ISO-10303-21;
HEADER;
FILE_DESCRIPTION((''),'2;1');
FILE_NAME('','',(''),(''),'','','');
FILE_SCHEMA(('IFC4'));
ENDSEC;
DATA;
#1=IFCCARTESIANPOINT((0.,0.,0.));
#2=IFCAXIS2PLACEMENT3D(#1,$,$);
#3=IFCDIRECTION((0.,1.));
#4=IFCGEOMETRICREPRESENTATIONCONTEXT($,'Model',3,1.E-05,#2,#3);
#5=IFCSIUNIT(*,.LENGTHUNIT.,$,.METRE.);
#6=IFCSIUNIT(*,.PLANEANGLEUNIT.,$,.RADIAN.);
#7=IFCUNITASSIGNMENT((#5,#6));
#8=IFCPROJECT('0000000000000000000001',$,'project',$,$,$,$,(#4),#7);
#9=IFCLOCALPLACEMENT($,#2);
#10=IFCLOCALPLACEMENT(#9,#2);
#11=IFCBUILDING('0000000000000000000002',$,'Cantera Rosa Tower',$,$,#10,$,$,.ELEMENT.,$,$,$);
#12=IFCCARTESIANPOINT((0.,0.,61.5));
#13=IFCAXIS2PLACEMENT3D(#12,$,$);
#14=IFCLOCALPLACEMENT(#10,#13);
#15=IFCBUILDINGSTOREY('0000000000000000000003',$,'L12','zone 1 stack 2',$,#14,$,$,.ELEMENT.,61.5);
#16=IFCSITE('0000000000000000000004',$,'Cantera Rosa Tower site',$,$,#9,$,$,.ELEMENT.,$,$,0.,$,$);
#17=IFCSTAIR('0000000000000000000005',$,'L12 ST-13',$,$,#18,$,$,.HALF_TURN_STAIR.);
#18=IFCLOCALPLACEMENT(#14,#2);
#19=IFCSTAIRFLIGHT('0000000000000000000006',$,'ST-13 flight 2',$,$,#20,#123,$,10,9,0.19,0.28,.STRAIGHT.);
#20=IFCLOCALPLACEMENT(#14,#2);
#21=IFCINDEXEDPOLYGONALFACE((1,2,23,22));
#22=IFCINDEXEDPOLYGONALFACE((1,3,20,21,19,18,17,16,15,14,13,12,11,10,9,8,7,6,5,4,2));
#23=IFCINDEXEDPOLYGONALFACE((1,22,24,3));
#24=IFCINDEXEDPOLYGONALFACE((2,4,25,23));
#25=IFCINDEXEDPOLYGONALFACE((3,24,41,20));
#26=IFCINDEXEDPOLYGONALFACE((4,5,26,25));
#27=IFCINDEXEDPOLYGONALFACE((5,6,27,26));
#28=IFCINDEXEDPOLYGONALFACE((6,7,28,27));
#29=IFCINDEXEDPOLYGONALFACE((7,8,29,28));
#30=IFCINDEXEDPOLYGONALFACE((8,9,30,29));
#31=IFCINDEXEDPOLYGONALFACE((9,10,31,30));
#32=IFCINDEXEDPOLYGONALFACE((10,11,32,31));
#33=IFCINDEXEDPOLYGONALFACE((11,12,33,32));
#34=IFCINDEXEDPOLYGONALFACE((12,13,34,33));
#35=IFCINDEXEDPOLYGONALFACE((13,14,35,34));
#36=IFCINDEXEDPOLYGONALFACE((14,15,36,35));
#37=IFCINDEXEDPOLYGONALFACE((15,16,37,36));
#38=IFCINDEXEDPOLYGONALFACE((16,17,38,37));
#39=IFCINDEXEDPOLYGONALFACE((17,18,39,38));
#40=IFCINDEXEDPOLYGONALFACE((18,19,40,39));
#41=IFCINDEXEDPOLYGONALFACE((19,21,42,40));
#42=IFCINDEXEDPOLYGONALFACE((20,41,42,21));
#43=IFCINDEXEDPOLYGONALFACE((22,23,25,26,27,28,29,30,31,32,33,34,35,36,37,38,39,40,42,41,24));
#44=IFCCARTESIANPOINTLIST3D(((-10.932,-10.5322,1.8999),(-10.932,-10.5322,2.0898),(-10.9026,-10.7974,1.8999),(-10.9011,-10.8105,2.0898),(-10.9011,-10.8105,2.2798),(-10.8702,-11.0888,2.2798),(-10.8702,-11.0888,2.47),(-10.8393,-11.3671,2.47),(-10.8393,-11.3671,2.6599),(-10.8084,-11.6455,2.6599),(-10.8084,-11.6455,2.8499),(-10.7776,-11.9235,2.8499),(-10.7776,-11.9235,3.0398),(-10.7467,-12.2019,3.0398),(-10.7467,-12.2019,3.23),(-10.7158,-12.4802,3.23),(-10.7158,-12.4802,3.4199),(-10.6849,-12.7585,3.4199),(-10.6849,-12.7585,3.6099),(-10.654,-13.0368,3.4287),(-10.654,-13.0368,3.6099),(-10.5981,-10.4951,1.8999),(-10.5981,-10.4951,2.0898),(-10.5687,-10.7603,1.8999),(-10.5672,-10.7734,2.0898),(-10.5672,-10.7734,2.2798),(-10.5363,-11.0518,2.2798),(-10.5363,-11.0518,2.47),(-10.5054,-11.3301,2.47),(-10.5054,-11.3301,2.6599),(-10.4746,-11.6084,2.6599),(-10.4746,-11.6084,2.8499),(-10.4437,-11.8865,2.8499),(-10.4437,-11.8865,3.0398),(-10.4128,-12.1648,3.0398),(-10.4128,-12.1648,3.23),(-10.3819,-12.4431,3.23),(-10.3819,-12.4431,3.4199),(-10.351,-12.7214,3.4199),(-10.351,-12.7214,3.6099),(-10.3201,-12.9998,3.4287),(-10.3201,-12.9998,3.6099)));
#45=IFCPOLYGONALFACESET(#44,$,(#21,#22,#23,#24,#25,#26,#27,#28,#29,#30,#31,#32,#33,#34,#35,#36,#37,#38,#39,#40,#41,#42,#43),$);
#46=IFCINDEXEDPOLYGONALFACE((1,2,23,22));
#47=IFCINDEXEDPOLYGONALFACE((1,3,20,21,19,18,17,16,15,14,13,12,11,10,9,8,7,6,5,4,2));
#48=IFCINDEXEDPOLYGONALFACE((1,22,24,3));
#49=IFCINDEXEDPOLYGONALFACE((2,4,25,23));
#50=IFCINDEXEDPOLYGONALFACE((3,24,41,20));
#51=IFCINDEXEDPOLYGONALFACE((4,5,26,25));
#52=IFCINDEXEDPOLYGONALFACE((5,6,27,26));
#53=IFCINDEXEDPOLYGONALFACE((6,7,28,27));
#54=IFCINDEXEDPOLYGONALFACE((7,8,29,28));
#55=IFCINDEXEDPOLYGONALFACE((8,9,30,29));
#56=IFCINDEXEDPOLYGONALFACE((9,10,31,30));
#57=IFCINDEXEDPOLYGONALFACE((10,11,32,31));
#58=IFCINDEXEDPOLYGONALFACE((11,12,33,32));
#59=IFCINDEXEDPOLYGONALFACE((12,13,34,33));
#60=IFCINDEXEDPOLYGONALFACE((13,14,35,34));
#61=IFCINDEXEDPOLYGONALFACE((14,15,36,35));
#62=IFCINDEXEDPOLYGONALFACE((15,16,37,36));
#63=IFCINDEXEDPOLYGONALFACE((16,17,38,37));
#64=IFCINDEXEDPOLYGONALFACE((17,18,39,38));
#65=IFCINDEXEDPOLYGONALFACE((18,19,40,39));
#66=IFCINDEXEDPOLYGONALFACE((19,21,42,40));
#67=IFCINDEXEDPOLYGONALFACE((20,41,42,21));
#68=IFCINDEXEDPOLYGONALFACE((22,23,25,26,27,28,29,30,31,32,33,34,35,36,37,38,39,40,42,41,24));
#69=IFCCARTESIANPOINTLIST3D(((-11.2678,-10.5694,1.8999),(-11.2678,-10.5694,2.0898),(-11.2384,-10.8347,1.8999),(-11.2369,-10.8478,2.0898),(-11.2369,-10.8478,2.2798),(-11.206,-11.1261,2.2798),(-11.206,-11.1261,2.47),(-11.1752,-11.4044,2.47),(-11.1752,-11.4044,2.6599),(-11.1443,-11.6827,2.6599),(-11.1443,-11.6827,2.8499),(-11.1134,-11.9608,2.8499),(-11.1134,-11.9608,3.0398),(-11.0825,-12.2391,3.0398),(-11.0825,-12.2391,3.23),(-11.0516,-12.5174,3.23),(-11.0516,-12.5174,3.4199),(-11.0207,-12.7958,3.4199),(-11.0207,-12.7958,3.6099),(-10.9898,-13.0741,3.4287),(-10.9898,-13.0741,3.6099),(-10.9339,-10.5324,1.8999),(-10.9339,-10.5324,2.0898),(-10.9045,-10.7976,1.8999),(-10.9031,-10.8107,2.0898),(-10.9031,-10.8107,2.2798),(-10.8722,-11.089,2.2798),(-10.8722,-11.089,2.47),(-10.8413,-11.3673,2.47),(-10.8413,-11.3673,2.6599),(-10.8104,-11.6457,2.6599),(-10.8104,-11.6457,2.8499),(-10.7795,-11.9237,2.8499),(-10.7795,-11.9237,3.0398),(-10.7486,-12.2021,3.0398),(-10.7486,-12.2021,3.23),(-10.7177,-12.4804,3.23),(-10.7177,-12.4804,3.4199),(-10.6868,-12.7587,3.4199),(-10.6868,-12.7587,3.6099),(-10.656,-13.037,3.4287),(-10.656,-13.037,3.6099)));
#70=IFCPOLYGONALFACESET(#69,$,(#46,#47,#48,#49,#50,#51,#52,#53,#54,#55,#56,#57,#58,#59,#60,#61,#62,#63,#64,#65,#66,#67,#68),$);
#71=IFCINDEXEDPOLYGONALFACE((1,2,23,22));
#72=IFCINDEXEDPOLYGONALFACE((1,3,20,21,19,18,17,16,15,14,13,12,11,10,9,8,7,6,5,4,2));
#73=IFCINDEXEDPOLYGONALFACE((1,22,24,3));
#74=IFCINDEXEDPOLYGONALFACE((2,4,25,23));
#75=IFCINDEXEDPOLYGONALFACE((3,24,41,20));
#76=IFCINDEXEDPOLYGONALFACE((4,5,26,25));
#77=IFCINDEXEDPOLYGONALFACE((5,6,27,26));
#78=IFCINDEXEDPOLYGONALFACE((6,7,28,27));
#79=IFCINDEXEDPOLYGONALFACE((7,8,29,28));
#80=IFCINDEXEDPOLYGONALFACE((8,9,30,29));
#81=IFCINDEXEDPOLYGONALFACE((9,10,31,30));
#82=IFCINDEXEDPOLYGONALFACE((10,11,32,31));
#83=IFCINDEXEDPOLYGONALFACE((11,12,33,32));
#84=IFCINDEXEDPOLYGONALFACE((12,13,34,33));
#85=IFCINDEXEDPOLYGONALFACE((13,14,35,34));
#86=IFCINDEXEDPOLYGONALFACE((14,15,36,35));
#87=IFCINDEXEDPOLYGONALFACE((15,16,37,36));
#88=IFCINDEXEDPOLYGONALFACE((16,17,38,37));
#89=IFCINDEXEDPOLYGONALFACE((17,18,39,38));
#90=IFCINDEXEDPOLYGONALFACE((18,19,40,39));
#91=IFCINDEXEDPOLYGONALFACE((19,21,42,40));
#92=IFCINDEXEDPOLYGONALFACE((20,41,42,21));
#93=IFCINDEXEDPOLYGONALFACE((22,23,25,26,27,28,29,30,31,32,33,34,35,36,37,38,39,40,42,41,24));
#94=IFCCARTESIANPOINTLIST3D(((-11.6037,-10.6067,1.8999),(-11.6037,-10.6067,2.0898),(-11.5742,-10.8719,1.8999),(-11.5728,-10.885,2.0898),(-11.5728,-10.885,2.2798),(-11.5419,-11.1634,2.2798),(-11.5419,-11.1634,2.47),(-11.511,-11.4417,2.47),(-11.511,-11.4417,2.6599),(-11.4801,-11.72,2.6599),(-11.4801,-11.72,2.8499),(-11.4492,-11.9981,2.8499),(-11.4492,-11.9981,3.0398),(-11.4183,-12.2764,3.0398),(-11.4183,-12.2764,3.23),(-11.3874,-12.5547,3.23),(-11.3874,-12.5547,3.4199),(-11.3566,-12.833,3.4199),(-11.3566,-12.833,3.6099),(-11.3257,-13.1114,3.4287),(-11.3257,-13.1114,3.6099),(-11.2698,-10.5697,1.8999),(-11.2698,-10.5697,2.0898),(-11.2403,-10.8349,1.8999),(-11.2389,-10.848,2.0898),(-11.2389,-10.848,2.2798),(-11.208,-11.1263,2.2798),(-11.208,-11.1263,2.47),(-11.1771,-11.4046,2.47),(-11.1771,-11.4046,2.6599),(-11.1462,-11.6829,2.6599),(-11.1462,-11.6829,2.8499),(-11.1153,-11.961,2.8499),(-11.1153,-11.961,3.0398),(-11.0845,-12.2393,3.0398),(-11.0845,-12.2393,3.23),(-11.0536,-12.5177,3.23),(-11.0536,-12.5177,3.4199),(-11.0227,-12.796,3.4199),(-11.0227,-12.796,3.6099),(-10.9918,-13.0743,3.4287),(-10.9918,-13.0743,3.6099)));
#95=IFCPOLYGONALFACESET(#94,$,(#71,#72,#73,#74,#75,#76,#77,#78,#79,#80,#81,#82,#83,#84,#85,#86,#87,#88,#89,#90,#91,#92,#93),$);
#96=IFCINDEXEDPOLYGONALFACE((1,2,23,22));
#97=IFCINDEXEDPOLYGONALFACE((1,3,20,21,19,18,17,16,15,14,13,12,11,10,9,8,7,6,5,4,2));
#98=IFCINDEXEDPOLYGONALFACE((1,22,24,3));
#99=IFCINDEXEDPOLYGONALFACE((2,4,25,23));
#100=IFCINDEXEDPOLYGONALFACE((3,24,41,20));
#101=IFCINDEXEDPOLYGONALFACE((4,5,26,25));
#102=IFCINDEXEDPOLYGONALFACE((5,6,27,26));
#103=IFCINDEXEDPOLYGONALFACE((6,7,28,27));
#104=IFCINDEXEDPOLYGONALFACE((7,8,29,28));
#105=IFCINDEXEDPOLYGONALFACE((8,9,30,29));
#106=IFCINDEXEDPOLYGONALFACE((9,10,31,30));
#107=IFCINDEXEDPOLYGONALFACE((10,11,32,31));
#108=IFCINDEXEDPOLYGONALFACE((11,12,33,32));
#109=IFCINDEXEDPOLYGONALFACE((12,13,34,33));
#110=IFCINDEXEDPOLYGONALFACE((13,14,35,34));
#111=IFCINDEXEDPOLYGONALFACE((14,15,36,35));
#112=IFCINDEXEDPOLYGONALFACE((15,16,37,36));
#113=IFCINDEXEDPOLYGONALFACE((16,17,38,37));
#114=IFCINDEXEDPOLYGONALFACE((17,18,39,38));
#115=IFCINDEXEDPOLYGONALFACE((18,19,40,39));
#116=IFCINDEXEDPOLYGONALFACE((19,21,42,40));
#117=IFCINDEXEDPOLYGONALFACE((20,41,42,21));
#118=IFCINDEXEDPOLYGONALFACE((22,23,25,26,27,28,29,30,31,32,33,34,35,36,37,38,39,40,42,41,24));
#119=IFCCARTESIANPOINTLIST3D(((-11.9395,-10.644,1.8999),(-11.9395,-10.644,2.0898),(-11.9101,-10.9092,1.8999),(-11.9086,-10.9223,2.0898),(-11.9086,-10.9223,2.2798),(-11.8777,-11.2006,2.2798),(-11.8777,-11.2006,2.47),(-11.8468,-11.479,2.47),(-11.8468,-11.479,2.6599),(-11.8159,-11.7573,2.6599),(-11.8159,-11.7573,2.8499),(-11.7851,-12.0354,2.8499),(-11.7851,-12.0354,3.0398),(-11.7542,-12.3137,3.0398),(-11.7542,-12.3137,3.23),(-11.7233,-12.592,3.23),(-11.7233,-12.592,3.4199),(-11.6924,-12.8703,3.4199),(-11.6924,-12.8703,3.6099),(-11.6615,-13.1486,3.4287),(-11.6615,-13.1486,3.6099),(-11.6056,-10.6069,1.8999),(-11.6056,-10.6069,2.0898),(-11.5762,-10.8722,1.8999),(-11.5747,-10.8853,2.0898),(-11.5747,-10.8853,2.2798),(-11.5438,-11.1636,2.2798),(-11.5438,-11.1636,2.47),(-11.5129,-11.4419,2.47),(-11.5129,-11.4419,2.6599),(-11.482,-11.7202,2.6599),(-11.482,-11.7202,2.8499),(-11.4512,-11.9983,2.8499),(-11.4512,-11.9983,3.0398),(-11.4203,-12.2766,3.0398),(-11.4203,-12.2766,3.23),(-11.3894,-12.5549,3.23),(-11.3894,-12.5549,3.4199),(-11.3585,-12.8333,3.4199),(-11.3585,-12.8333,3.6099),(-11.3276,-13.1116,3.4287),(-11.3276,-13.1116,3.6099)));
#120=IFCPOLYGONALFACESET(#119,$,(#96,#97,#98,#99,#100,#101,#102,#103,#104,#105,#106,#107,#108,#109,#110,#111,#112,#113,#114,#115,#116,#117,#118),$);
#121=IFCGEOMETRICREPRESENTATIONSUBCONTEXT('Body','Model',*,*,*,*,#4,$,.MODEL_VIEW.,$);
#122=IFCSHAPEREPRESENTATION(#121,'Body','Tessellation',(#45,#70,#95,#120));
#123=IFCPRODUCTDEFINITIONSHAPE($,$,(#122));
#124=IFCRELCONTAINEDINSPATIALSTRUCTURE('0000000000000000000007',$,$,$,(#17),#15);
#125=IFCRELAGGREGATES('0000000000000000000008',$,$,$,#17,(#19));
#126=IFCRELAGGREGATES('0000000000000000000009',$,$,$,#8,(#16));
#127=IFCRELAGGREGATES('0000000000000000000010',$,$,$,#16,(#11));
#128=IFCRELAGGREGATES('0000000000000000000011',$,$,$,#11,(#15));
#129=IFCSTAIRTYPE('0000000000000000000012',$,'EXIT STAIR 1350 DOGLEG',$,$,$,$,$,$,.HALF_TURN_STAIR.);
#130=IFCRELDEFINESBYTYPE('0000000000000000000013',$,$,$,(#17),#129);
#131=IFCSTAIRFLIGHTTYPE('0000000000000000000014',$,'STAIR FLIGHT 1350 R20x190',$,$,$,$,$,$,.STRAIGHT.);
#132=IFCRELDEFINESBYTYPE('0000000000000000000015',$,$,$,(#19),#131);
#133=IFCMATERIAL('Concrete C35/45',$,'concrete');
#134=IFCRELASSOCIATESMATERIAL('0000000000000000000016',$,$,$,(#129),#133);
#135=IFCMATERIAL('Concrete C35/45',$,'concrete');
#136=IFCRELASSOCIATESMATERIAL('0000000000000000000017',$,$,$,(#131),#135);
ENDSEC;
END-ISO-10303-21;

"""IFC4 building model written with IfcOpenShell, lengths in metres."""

from ifc_helpers import new_model, si_unit, direction, frame, origin, place, context, subcontext, project, spatial, polyline, outline, extrude, material, type_object, element, aggregate, save


model = new_model("IFC4")

# Units and contexts
model_context = context("Model", 3, precision=1e-05, world=origin(), true_north=direction((0.0, 1.0)))
body_context = subcontext(model_context, "Body", "Model", "MODEL_VIEW")
ifc_project = project(units=[si_unit("LENGTHUNIT", "METRE"), si_unit("PLANEANGLEUNIT", "RADIAN")], contexts=[model_context])

# Site, building, storey
site_placement = place(None, origin())
site = spatial("IfcSite", under=ifc_project, at=site_placement, Name="Cantera Rosa Tower site", CompositionType="ELEMENT", RefElevation=0.0)
building_placement = place(site_placement, origin())
building = spatial("IfcBuilding", under=site, at=building_placement, Name="Cantera Rosa Tower", CompositionType="ELEMENT")
storey_placement = place(building_placement, frame((0.0, 0.0, 61.5)))
storey = spatial("IfcBuildingStorey", under=building, at=storey_placement, Name="L12", Description="zone 1 stack 2", CompositionType="ELEMENT", Elevation=61.5)

# Stair, stair flight
ifc_material_1 = material(Name="Concrete C35/45", Category="concrete")
stair_type = type_object("IfcStairType", Name="EXIT STAIR 1350 DOGLEG", PredefinedType="HALF_TURN_STAIR", material=ifc_material_1)
stair_placement = place(storey_placement, origin())
stair = element("IfcStair", 1, at=stair_placement, inside=storey, type_object=stair_type, Name="L12 ST-13", PredefinedType="HALF_TURN_STAIR")
ifc_material_2 = material(Name="Concrete C35/45", Category="concrete")
stair_flight_type = type_object("IfcStairFlightType", Name="STAIR FLIGHT 1350 R20x190", PredefinedType="STRAIGHT", material=ifc_material_2)
stair_flight_1_placement = place(storey_placement, frame((-11.269, -10.5696, 1.8999), z_axis=(0.0, 0.0, 1.0), x_axis=(0.110313, -0.993897, 0.0)))
stair_flight_1 = element("IfcStairFlight", 2, at=stair_flight_1_placement, type_object=stair_flight_type, Name="ST-13 flight 2", NumberOfRisers=10, NumberOfTreads=9, PredefinedType="STRAIGHT", RiserHeight=0.19, TreadLength=0.28, context=body_context, shape_type="SweptSolid", body=[
    extrude(outline(polyline([(0.0, 0.0), (0.0, 0.1899), (0.28, 0.1899), (0.28, 0.3799), (0.5601, 0.3799), (0.5601, 0.5701), (0.8401, 0.5701), (0.8401, 0.76), (1.1201, 0.76), (1.1201, 0.95), (1.3999, 0.95), (1.3999, 1.1399), (1.6799, 1.1399), (1.6799, 1.3301), (1.96, 1.3301), (1.96, 1.52), (2.24, 1.52), (2.24, 1.71), (2.52, 1.71), (2.52, 1.8999), (2.52, 1.5288), (0.2668, 0.0), (0.0, 0.0)])), frame((0.0, 0.675, 0.0), z_axis=(0.0, -1.0, 0.0), x_axis=(1.0, 0.0, 0.0)), (0.0, 0.0, 1.0), 0.3359),
    extrude(outline(polyline([(0.0, 0.0), (0.0, 0.1899), (0.28, 0.1899), (0.28, 0.3799), (0.5601, 0.3799), (0.5601, 0.5701), (0.8401, 0.5701), (0.8401, 0.76), (1.1201, 0.76), (1.1201, 0.95), (1.3999, 0.95), (1.3999, 1.1399), (1.6799, 1.1399), (1.6799, 1.3301), (1.96, 1.3301), (1.96, 1.52), (2.24, 1.52), (2.24, 1.71), (2.52, 1.71), (2.52, 1.8999), (2.52, 1.5288), (0.2668, 0.0), (0.0, 0.0)])), frame((0.0, 0.3372, 0.0), z_axis=(0.0, -1.0, 0.0), x_axis=(1.0, 0.0, 0.0)), (0.0, 0.0, 1.0), 0.3359),
    extrude(outline(polyline([(0.0, 0.0), (0.0, 0.1899), (0.28, 0.1899), (0.28, 0.3799), (0.5601, 0.3799), (0.5601, 0.5701), (0.8401, 0.5701), (0.8401, 0.76), (1.1201, 0.76), (1.1201, 0.95), (1.3999, 0.95), (1.3999, 1.1399), (1.6799, 1.1399), (1.6799, 1.3301), (1.96, 1.3301), (1.96, 1.52), (2.24, 1.52), (2.24, 1.71), (2.52, 1.71), (2.52, 1.8999), (2.52, 1.5288), (0.2668, 0.0), (0.0, 0.0)])), frame((0.0, -0.0007, 0.0), z_axis=(0.0, -1.0, 0.0), x_axis=(1.0, 0.0, 0.0)), (0.0, 0.0, 1.0), 0.3359),
    extrude(outline(polyline([(0.0, 0.0), (0.0, 0.1899), (0.28, 0.1899), (0.28, 0.3799), (0.5601, 0.3799), (0.5601, 0.5701), (0.8401, 0.5701), (0.8401, 0.76), (1.1201, 0.76), (1.1201, 0.95), (1.3999, 0.95), (1.3999, 1.1399), (1.6799, 1.1399), (1.6799, 1.3301), (1.96, 1.3301), (1.96, 1.52), (2.24, 1.52), (2.24, 1.71), (2.52, 1.71), (2.52, 1.8999), (2.52, 1.5288), (0.2668, 0.0), (0.0, 0.0)])), frame((0.0, -0.3386, 0.0), z_axis=(0.0, -1.0, 0.0), x_axis=(1.0, 0.0, 0.0)), (0.0, 0.0, 1.0), 0.3359),
])
aggregate(stair, [stair_flight_1])

save(model, "model.ifc")
